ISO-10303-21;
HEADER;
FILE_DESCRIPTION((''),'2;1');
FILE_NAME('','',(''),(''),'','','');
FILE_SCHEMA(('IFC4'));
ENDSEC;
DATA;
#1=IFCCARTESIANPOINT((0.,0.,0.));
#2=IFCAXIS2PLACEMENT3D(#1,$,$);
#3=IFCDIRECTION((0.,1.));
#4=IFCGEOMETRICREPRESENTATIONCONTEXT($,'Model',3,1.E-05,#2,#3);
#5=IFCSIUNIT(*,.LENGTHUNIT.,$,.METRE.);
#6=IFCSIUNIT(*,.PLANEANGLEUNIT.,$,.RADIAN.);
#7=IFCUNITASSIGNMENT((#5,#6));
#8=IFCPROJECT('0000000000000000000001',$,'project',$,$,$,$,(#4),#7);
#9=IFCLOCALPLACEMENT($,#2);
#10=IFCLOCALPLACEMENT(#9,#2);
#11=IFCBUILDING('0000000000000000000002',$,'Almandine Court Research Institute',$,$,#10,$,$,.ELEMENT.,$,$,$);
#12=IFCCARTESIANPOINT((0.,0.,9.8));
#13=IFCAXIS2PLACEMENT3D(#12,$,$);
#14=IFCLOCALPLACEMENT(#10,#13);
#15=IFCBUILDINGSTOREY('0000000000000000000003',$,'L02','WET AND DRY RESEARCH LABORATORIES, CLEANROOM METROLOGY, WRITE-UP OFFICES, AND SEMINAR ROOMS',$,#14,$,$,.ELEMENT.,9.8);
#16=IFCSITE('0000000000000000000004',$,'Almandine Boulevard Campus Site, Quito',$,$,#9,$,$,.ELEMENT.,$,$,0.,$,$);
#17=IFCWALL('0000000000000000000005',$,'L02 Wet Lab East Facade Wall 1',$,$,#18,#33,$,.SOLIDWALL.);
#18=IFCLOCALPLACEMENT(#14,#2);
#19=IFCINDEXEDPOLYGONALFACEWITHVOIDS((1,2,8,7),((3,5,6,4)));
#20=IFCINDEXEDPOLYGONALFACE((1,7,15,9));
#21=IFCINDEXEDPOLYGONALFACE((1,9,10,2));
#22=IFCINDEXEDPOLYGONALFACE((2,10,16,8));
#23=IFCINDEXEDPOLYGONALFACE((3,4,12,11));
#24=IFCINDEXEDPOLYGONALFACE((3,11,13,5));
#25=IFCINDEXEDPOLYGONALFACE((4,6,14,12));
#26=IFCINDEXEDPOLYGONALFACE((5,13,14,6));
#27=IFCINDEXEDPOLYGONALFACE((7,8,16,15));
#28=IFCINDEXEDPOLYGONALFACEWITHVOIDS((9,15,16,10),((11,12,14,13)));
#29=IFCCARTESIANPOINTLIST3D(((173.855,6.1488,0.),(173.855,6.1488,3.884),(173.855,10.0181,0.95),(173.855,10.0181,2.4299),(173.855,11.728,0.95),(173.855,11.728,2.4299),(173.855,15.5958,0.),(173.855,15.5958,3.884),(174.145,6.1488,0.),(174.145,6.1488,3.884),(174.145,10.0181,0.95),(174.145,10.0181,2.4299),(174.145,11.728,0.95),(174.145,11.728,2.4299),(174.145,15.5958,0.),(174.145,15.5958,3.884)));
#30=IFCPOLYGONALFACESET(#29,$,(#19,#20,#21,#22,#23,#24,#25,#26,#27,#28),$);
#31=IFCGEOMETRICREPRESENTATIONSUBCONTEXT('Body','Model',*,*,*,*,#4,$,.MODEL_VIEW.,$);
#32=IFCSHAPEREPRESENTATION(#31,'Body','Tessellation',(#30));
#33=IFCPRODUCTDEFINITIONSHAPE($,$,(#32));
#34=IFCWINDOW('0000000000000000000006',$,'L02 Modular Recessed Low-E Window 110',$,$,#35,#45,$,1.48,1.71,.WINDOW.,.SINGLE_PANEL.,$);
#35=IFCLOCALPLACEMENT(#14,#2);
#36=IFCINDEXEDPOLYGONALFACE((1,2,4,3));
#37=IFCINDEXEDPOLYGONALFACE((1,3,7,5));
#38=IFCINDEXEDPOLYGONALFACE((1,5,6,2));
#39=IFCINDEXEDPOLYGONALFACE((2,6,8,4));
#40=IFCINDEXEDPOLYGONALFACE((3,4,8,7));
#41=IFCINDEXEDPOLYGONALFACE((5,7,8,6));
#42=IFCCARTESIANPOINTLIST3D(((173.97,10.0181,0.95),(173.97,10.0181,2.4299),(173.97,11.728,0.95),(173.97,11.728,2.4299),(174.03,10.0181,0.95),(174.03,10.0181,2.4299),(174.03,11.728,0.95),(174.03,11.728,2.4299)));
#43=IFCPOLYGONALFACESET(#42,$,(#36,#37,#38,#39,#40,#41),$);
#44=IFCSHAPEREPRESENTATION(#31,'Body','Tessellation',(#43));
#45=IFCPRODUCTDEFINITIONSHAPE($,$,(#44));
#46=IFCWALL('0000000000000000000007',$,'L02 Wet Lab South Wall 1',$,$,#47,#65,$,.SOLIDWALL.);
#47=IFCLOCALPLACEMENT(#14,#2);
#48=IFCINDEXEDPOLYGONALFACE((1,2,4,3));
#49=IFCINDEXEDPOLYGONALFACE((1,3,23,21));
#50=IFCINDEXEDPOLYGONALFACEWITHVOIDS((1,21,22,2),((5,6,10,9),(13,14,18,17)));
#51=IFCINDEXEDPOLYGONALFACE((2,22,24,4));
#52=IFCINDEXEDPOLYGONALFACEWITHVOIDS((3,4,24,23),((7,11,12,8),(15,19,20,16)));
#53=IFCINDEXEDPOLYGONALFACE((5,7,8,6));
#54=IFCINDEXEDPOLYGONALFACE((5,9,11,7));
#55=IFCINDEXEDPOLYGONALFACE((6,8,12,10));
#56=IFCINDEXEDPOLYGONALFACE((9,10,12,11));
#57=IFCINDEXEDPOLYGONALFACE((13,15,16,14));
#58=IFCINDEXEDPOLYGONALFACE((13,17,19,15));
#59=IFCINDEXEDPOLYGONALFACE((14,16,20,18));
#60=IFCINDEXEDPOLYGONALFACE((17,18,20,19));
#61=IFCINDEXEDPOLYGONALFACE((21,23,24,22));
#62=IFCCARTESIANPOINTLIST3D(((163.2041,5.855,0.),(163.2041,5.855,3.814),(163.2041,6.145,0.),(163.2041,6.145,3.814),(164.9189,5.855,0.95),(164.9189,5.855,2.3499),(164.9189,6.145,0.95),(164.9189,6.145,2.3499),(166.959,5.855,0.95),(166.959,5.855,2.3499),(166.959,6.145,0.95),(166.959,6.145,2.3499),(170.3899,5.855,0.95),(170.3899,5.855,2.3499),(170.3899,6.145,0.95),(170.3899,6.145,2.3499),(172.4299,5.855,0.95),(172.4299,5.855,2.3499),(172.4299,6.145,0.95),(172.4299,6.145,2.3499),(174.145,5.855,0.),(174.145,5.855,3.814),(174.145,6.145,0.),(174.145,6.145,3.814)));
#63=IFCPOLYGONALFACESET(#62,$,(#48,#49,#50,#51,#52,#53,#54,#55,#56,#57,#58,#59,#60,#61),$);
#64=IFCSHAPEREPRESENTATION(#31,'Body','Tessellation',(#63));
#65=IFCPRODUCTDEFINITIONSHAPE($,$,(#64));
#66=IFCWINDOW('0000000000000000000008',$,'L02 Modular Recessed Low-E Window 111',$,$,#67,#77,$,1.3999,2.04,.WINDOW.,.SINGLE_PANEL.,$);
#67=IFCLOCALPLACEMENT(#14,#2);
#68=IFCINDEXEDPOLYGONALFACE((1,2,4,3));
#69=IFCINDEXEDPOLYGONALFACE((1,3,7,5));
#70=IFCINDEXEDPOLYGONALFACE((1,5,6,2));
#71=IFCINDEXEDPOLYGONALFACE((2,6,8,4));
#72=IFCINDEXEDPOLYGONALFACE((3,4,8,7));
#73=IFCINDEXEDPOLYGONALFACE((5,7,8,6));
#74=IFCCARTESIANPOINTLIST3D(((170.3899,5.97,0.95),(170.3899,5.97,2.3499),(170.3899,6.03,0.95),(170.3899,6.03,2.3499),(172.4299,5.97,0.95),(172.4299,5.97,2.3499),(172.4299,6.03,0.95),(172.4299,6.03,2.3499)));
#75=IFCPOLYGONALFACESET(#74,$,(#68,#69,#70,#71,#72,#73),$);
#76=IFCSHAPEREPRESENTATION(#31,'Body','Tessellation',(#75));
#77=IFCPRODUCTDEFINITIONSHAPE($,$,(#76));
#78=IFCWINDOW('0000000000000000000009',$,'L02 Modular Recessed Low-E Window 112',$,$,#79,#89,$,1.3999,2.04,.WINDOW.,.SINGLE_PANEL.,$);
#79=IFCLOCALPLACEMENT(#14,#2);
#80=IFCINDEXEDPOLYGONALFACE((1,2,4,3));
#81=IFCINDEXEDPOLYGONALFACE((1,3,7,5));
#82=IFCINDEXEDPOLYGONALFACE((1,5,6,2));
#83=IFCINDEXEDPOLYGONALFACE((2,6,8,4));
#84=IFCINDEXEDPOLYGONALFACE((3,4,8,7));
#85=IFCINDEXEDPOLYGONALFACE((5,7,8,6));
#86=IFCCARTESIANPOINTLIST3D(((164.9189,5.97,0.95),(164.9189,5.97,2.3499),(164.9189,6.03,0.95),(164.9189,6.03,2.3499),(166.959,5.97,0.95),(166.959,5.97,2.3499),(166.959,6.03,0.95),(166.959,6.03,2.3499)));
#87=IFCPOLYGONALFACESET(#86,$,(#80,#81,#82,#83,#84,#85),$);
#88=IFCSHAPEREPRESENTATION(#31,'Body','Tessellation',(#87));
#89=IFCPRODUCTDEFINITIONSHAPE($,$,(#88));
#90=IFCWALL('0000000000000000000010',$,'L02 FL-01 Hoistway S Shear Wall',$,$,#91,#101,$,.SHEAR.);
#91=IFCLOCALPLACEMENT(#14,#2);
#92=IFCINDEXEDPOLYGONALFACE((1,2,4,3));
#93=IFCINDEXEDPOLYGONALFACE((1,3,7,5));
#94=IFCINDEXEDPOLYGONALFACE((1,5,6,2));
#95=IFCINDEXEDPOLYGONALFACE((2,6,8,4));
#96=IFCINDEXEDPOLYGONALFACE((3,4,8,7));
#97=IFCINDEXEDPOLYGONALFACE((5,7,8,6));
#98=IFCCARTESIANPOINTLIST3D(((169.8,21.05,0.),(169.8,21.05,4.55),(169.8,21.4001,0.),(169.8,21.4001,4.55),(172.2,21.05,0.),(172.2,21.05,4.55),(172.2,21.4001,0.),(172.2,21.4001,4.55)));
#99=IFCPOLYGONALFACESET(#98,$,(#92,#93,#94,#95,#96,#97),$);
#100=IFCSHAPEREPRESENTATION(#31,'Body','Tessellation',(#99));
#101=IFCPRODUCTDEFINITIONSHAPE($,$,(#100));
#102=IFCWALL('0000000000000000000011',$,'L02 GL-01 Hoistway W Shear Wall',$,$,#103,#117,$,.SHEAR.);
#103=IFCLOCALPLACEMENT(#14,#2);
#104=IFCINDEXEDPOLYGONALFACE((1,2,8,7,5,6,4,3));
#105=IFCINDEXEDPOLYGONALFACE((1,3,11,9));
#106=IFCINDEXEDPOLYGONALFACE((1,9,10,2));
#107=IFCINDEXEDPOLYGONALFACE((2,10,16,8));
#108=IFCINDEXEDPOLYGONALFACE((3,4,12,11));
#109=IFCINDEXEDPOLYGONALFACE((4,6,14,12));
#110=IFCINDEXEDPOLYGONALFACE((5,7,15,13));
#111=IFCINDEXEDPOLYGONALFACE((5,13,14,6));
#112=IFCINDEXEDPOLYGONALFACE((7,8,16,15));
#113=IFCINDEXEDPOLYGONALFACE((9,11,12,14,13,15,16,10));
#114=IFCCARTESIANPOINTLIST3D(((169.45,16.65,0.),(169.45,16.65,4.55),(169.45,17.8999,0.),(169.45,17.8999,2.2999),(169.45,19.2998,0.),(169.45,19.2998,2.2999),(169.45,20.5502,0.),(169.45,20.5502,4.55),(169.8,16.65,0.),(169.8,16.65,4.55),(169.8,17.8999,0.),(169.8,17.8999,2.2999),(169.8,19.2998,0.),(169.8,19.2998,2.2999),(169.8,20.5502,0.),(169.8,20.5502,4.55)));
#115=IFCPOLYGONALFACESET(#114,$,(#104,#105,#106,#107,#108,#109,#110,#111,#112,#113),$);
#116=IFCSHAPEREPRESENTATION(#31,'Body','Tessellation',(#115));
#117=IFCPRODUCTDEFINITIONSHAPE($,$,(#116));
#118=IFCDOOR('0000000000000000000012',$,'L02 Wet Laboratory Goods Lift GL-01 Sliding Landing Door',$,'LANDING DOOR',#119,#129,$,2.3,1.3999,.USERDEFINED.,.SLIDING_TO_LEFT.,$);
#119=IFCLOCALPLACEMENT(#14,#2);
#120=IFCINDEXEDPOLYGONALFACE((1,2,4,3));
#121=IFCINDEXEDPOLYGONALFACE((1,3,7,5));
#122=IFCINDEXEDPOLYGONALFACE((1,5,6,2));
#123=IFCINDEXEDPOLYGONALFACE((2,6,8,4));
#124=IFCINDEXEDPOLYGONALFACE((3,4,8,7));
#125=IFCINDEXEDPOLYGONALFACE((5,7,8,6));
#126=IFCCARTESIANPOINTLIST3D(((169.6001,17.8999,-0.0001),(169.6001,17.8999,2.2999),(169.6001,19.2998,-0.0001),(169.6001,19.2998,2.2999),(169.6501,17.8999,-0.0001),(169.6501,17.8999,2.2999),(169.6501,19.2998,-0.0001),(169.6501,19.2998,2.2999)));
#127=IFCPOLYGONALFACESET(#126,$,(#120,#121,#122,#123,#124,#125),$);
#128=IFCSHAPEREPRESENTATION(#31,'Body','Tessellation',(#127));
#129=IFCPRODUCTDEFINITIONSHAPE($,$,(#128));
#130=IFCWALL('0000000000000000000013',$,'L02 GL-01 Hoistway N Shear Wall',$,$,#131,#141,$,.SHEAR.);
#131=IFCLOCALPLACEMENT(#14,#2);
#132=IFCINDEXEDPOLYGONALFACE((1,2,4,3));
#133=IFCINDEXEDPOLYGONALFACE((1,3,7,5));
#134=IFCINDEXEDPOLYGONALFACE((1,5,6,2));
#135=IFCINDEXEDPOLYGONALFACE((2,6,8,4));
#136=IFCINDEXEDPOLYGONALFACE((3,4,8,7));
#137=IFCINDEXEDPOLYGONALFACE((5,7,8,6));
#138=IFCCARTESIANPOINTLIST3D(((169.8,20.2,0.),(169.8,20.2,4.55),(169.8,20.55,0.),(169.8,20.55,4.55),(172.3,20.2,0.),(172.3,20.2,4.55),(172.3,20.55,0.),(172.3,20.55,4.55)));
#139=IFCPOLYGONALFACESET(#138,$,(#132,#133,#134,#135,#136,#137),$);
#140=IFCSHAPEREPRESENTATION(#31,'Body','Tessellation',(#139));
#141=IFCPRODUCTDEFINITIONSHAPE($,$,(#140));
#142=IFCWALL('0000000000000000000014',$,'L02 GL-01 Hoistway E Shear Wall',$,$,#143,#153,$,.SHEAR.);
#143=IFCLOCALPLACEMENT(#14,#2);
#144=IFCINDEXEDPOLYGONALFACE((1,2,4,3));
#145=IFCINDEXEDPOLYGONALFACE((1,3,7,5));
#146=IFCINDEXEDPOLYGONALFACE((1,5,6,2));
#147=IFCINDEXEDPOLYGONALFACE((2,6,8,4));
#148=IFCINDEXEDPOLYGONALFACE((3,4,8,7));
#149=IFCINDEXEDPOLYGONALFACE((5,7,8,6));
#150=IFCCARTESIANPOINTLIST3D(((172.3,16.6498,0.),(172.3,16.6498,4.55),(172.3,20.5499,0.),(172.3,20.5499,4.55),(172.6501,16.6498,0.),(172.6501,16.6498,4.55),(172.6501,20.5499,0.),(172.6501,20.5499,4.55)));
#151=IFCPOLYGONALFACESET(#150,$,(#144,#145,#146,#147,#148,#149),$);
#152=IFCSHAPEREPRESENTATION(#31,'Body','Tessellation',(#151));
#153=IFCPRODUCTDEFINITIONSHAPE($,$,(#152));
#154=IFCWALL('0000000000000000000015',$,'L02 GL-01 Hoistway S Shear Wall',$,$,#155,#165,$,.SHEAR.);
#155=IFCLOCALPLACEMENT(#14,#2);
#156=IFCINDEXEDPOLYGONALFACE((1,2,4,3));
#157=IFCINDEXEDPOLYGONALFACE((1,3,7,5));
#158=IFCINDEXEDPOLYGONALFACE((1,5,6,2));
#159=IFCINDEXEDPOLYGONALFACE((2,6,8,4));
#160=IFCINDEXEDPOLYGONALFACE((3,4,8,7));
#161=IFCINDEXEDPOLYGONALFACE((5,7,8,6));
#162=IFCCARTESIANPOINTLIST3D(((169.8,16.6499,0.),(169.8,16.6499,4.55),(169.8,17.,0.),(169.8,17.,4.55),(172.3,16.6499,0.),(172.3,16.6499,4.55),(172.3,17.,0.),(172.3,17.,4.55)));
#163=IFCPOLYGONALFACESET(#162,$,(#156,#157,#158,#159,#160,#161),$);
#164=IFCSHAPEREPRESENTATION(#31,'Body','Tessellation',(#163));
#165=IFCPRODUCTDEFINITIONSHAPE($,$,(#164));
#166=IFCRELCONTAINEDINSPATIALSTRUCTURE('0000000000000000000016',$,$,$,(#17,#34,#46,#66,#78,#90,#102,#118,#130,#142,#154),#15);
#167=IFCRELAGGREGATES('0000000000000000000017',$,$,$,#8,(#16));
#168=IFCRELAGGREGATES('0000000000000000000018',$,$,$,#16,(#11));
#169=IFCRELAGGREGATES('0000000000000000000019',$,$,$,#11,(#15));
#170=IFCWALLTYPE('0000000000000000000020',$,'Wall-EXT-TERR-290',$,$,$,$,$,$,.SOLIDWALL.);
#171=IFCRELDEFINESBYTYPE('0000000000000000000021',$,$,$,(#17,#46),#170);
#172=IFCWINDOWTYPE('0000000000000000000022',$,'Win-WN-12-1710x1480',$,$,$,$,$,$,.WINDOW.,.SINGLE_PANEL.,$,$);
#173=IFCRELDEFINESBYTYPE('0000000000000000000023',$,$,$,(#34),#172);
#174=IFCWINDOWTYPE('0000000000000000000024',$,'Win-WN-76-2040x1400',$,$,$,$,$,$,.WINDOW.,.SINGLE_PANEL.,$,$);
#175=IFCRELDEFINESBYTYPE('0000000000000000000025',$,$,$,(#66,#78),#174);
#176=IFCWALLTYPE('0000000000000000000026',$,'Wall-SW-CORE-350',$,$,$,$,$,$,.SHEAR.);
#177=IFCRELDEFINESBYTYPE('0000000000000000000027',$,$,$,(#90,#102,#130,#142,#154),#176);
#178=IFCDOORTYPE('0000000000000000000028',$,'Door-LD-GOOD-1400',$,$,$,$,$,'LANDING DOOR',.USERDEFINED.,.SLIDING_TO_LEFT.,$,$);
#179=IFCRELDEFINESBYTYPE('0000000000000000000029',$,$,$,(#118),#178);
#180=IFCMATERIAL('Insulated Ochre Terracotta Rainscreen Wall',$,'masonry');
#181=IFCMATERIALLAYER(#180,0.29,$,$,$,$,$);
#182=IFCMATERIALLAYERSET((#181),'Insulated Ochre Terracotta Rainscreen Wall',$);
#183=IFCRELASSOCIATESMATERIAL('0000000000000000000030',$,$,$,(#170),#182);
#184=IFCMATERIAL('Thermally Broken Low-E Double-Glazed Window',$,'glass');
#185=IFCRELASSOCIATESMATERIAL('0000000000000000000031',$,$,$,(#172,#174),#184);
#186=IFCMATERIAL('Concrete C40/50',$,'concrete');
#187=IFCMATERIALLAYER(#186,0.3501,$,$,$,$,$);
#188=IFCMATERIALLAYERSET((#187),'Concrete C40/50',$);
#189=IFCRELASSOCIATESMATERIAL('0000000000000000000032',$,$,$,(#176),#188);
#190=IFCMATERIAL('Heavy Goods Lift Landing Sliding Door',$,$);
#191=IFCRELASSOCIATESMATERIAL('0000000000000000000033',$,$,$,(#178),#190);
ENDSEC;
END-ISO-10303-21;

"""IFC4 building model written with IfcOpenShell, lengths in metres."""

from ifc_helpers import new_model, si_unit, direction, frame, frame_2d, origin, place, context, subcontext, project, spatial, rectangle, extrude, material, layer, layer_set, type_object, element, fill, save


model = new_model("IFC4")

# Units and contexts
model_context = context("Model", 3, precision=1e-05, world=origin(), true_north=direction((0.0, 1.0)))
body_context = subcontext(model_context, "Body", "Model", "MODEL_VIEW")
ifc_project = project(units=[si_unit("LENGTHUNIT", "METRE"), si_unit("PLANEANGLEUNIT", "RADIAN")], contexts=[model_context])

# Site, building, storey
site_placement = place(None, origin())
site = spatial("IfcSite", under=ifc_project, at=site_placement, Name="Almandine Boulevard Campus Site, Quito", CompositionType="ELEMENT", RefElevation=0.0)
building_placement = place(site_placement, origin())
building = spatial("IfcBuilding", under=site, at=building_placement, Name="Almandine Court Research Institute", CompositionType="ELEMENT")
storey_placement = place(building_placement, frame((0.0, 0.0, 9.8)))
storey = spatial("IfcBuildingStorey", under=building, at=storey_placement, Name="L02", Description="WET AND DRY RESEARCH LABORATORIES, CLEANROOM METROLOGY, WRITE-UP OFFICES, AND SEMINAR ROOMS", CompositionType="ELEMENT", Elevation=9.8)

# Wall, opening, window
ifc_material_1 = material(Name="Insulated Ochre Terracotta Rainscreen Wall", Category="masonry")
ifc_layer_1 = layer(ifc_material_1, 0.29)
ifc_layer_set_1 = layer_set([ifc_layer_1], Name="Insulated Ochre Terracotta Rainscreen Wall")
wall_type_1 = type_object("IfcWallType", Name="Wall-EXT-TERR-290", PredefinedType="SOLIDWALL", material=ifc_layer_set_1)
wall_1_placement = place(storey_placement, frame((174.0, 15.5959, 0.0), z_axis=(0.0, 0.0, 1.0), x_axis=(0.0, -1.0, 0.0)))
wall_1 = element("IfcWall", 1, at=wall_1_placement, inside=storey, type_object=wall_type_1, Name="L02 Wet Lab East Facade Wall 1", PredefinedType="SOLIDWALL", context=body_context, shape_type="SweptSolid", body=[
    extrude(rectangle(XDim=9.447, YDim=0.29, at=frame_2d((4.7236, 0.0))), origin(), (0.0, 0.0, 1.0), 3.884),
])
opening_1_placement = place(wall_1_placement, frame((3.8679, 0.0, 0.95)))
opening_1 = element("IfcOpeningElement", 2, at=opening_1_placement, cuts=wall_1, PredefinedType="OPENING", context=body_context, shape_type="SweptSolid", body=[
    extrude(rectangle(XDim=1.71, YDim=1.48, at=frame_2d((0.855, 0.74))), frame((0.0, 0.155, 0.0), z_axis=(0.0, -1.0, 0.0), x_axis=(1.0, 0.0, 0.0)), (0.0, 0.0, 1.0), 0.3101),
])
ifc_material_2 = material(Name="Thermally Broken Low-E Double-Glazed Window", Category="glass")
window_type_1 = type_object("IfcWindowType", Name="Win-WN-12-1710x1480", PartitioningType="SINGLE_PANEL", PredefinedType="WINDOW", material=ifc_material_2)
window_1_placement = place(opening_1_placement, origin())
window_1 = element("IfcWindow", 3, at=window_1_placement, inside=storey, type_object=window_type_1, Name="L02 Modular Recessed Low-E Window 110", OverallHeight=1.48, OverallWidth=1.71, PartitioningType="SINGLE_PANEL", PredefinedType="WINDOW", context=body_context, shape_type="SweptSolid", body=[
    extrude(rectangle(XDim=1.71, YDim=1.48, at=frame_2d((0.855, 0.74))), frame((0.0, 0.03, 0.0), z_axis=(0.0, -1.0, 0.0), x_axis=(1.0, 0.0, 0.0)), (0.0, 0.0, 1.0), 0.0601),
])
fill(opening_1, window_1)

# Wall, openings, windows
wall_2_placement = place(storey_placement, frame((174.145, 6.0, 0.0), z_axis=(0.0, 0.0, 1.0), x_axis=(-1.0, 0.0, 0.0)))
wall_2 = element("IfcWall", 4, at=wall_2_placement, inside=storey, type_object=wall_type_1, Name="L02 Wet Lab South Wall 1", PredefinedType="SOLIDWALL", context=body_context, shape_type="SweptSolid", body=[
    extrude(rectangle(XDim=10.9409, YDim=0.29, at=frame_2d((5.4705, 0.0))), origin(), (0.0, 0.0, 1.0), 3.814),
])
opening_2_placement = place(wall_2_placement, frame((1.7151, 0.0, 0.95)))
opening_2 = element("IfcOpeningElement", 5, at=opening_2_placement, cuts=wall_2, PredefinedType="OPENING", context=body_context, shape_type="SweptSolid", body=[
    extrude(rectangle(XDim=2.04, YDim=1.3999, at=frame_2d((1.02, 0.7))), frame((0.0, 0.155, 0.0), z_axis=(0.0, -1.0, 0.0), x_axis=(1.0, 0.0, 0.0)), (0.0, 0.0, 1.0), 0.3101),
])
opening_3_placement = place(wall_2_placement, frame((7.186, 0.0, 0.95)))
opening_3 = element("IfcOpeningElement", 6, at=opening_3_placement, cuts=wall_2, PredefinedType="OPENING", context=body_context, shape_type="SweptSolid", body=[
    extrude(rectangle(XDim=2.04, YDim=1.3999, at=frame_2d((1.02, 0.7))), frame((0.0, 0.155, 0.0), z_axis=(0.0, -1.0, 0.0), x_axis=(1.0, 0.0, 0.0)), (0.0, 0.0, 1.0), 0.3101),
])
window_type_2 = type_object("IfcWindowType", Name="Win-WN-76-2040x1400", PartitioningType="SINGLE_PANEL", PredefinedType="WINDOW", material=ifc_material_2)
window_2_placement = place(opening_2_placement, origin())
window_2 = element("IfcWindow", 7, at=window_2_placement, inside=storey, type_object=window_type_2, Name="L02 Modular Recessed Low-E Window 111", OverallHeight=1.3999, OverallWidth=2.04, PartitioningType="SINGLE_PANEL", PredefinedType="WINDOW", context=body_context, shape_type="SweptSolid", body=[
    extrude(rectangle(XDim=2.04, YDim=1.3999, at=frame_2d((1.02, 0.7))), frame((0.0, 0.03, 0.0), z_axis=(0.0, -1.0, 0.0), x_axis=(1.0, 0.0, 0.0)), (0.0, 0.0, 1.0), 0.0601),
])
fill(opening_2, window_2)
window_3_placement = place(opening_3_placement, origin())
window_3 = element("IfcWindow", 8, at=window_3_placement, inside=storey, type_object=window_type_2, Name="L02 Modular Recessed Low-E Window 112", OverallHeight=1.3999, OverallWidth=2.04, PartitioningType="SINGLE_PANEL", PredefinedType="WINDOW", context=body_context, shape_type="SweptSolid", body=[
    extrude(rectangle(XDim=2.04, YDim=1.3999, at=frame_2d((1.02, 0.7))), frame((0.0, 0.03, 0.0), z_axis=(0.0, -1.0, 0.0), x_axis=(1.0, 0.0, 0.0)), (0.0, 0.0, 1.0), 0.0601),
])
fill(opening_3, window_3)

# Shared definitions
ifc_material_3 = material(Name="Concrete C40/50", Category="concrete")
ifc_layer_2 = layer(ifc_material_3, 0.3501)
ifc_layer_set_2 = layer_set([ifc_layer_2], Name="Concrete C40/50")
wall_type_2 = type_object("IfcWallType", Name="Wall-SW-CORE-350", PredefinedType="SHEAR", material=ifc_layer_set_2)

# Wall
wall_3_placement = place(storey_placement, frame((172.2, 21.2251, 0.0), z_axis=(0.0, 0.0, 1.0), x_axis=(-1.0, 0.0, 0.0)))
element("IfcWall", 9, at=wall_3_placement, inside=storey, type_object=wall_type_2, Name="L02 FL-01 Hoistway S Shear Wall", PredefinedType="SHEAR", context=body_context, shape_type="SweptSolid", body=[
    extrude(rectangle(XDim=2.3999, YDim=0.3501, at=frame_2d((1.2, 0.0))), origin(), (0.0, 0.0, 1.0), 4.55),
])

# Wall, opening, door
wall_4_placement = place(storey_placement, frame((169.625, 16.6499, 0.0), z_axis=(0.0, 0.0, 1.0), x_axis=(0.0, 1.0, 0.0)))
wall_4 = element("IfcWall", 10, at=wall_4_placement, inside=storey, type_object=wall_type_2, Name="L02 GL-01 Hoistway W Shear Wall", PredefinedType="SHEAR", context=body_context, shape_type="SweptSolid", body=[
    extrude(rectangle(XDim=3.9001, YDim=0.3501, at=frame_2d((1.9502, 0.0))), origin(), (0.0, 0.0, 1.0), 4.55),
])
opening_4_placement = place(wall_4_placement, frame((1.25, 0.0, 0.0)))
opening_4 = element("IfcOpeningElement", 11, at=opening_4_placement, cuts=wall_4, PredefinedType="OPENING", context=body_context, shape_type="SweptSolid", body=[
    extrude(rectangle(XDim=1.3999, YDim=2.3, at=frame_2d((0.7, 1.1499))), frame((0.0, 0.1851, 0.0), z_axis=(0.0, -1.0, 0.0), x_axis=(1.0, 0.0, 0.0)), (0.0, 0.0, 1.0), 0.3701),
])
ifc_material_4 = material(Name="Heavy Goods Lift Landing Sliding Door")
door_type_1 = type_object("IfcDoorType", Name="Door-LD-GOOD-1400", ElementType="LANDING DOOR", OperationType="SLIDING_TO_LEFT", PredefinedType="USERDEFINED", material=ifc_material_4)
door_1_placement = place(opening_4_placement, origin())
door_1 = element("IfcDoor", 12, at=door_1_placement, inside=storey, type_object=door_type_1, Name="L02 Wet Laboratory Goods Lift GL-01 Sliding Landing Door", ObjectType="LANDING DOOR", OperationType="SLIDING_TO_LEFT", OverallHeight=2.3, OverallWidth=1.3999, PredefinedType="USERDEFINED", context=body_context, shape_type="SweptSolid", body=[
    extrude(rectangle(XDim=1.3999, YDim=2.3, at=frame_2d((0.7, 1.1499))), frame((0.0, 0.0249, 0.0), z_axis=(0.0, -1.0, 0.0), x_axis=(1.0, 0.0, 0.0)), (0.0, 0.0, 1.0), 0.05),
])
fill(opening_4, door_1)

# Walls
wall_5_placement = place(storey_placement, frame((169.8, 20.375, 0.0), z_axis=(0.0, 0.0, 1.0), x_axis=(1.0, 0.0, 0.0)))
element("IfcWall", 13, at=wall_5_placement, inside=storey, type_object=wall_type_2, Name="L02 GL-01 Hoistway N Shear Wall", PredefinedType="SHEAR", context=body_context, shape_type="SweptSolid", body=[
    extrude(rectangle(XDim=2.5, YDim=0.3501, at=frame_2d((1.25, 0.0))), origin(), (0.0, 0.0, 1.0), 4.55),
])
wall_6_placement = place(storey_placement, frame((172.4751, 20.55, 0.0), z_axis=(0.0, 0.0, 1.0), x_axis=(0.0, -1.0, 0.0)))
element("IfcWall", 14, at=wall_6_placement, inside=storey, type_object=wall_type_2, Name="L02 GL-01 Hoistway E Shear Wall", PredefinedType="SHEAR", context=body_context, shape_type="SweptSolid", body=[
    extrude(rectangle(XDim=3.9001, YDim=0.3501, at=frame_2d((1.9502, 0.0))), origin(), (0.0, 0.0, 1.0), 4.55),
])
wall_7_placement = place(storey_placement, frame((172.3, 16.825, 0.0), z_axis=(0.0, 0.0, 1.0), x_axis=(-1.0, 0.0, 0.0)))
element("IfcWall", 15, at=wall_7_placement, inside=storey, type_object=wall_type_2, Name="L02 GL-01 Hoistway S Shear Wall", PredefinedType="SHEAR", context=body_context, shape_type="SweptSolid", body=[
    extrude(rectangle(XDim=2.5, YDim=0.3501, at=frame_2d((1.25, 0.0))), origin(), (0.0, 0.0, 1.0), 4.55),
])

save(model, "model.ifc")
